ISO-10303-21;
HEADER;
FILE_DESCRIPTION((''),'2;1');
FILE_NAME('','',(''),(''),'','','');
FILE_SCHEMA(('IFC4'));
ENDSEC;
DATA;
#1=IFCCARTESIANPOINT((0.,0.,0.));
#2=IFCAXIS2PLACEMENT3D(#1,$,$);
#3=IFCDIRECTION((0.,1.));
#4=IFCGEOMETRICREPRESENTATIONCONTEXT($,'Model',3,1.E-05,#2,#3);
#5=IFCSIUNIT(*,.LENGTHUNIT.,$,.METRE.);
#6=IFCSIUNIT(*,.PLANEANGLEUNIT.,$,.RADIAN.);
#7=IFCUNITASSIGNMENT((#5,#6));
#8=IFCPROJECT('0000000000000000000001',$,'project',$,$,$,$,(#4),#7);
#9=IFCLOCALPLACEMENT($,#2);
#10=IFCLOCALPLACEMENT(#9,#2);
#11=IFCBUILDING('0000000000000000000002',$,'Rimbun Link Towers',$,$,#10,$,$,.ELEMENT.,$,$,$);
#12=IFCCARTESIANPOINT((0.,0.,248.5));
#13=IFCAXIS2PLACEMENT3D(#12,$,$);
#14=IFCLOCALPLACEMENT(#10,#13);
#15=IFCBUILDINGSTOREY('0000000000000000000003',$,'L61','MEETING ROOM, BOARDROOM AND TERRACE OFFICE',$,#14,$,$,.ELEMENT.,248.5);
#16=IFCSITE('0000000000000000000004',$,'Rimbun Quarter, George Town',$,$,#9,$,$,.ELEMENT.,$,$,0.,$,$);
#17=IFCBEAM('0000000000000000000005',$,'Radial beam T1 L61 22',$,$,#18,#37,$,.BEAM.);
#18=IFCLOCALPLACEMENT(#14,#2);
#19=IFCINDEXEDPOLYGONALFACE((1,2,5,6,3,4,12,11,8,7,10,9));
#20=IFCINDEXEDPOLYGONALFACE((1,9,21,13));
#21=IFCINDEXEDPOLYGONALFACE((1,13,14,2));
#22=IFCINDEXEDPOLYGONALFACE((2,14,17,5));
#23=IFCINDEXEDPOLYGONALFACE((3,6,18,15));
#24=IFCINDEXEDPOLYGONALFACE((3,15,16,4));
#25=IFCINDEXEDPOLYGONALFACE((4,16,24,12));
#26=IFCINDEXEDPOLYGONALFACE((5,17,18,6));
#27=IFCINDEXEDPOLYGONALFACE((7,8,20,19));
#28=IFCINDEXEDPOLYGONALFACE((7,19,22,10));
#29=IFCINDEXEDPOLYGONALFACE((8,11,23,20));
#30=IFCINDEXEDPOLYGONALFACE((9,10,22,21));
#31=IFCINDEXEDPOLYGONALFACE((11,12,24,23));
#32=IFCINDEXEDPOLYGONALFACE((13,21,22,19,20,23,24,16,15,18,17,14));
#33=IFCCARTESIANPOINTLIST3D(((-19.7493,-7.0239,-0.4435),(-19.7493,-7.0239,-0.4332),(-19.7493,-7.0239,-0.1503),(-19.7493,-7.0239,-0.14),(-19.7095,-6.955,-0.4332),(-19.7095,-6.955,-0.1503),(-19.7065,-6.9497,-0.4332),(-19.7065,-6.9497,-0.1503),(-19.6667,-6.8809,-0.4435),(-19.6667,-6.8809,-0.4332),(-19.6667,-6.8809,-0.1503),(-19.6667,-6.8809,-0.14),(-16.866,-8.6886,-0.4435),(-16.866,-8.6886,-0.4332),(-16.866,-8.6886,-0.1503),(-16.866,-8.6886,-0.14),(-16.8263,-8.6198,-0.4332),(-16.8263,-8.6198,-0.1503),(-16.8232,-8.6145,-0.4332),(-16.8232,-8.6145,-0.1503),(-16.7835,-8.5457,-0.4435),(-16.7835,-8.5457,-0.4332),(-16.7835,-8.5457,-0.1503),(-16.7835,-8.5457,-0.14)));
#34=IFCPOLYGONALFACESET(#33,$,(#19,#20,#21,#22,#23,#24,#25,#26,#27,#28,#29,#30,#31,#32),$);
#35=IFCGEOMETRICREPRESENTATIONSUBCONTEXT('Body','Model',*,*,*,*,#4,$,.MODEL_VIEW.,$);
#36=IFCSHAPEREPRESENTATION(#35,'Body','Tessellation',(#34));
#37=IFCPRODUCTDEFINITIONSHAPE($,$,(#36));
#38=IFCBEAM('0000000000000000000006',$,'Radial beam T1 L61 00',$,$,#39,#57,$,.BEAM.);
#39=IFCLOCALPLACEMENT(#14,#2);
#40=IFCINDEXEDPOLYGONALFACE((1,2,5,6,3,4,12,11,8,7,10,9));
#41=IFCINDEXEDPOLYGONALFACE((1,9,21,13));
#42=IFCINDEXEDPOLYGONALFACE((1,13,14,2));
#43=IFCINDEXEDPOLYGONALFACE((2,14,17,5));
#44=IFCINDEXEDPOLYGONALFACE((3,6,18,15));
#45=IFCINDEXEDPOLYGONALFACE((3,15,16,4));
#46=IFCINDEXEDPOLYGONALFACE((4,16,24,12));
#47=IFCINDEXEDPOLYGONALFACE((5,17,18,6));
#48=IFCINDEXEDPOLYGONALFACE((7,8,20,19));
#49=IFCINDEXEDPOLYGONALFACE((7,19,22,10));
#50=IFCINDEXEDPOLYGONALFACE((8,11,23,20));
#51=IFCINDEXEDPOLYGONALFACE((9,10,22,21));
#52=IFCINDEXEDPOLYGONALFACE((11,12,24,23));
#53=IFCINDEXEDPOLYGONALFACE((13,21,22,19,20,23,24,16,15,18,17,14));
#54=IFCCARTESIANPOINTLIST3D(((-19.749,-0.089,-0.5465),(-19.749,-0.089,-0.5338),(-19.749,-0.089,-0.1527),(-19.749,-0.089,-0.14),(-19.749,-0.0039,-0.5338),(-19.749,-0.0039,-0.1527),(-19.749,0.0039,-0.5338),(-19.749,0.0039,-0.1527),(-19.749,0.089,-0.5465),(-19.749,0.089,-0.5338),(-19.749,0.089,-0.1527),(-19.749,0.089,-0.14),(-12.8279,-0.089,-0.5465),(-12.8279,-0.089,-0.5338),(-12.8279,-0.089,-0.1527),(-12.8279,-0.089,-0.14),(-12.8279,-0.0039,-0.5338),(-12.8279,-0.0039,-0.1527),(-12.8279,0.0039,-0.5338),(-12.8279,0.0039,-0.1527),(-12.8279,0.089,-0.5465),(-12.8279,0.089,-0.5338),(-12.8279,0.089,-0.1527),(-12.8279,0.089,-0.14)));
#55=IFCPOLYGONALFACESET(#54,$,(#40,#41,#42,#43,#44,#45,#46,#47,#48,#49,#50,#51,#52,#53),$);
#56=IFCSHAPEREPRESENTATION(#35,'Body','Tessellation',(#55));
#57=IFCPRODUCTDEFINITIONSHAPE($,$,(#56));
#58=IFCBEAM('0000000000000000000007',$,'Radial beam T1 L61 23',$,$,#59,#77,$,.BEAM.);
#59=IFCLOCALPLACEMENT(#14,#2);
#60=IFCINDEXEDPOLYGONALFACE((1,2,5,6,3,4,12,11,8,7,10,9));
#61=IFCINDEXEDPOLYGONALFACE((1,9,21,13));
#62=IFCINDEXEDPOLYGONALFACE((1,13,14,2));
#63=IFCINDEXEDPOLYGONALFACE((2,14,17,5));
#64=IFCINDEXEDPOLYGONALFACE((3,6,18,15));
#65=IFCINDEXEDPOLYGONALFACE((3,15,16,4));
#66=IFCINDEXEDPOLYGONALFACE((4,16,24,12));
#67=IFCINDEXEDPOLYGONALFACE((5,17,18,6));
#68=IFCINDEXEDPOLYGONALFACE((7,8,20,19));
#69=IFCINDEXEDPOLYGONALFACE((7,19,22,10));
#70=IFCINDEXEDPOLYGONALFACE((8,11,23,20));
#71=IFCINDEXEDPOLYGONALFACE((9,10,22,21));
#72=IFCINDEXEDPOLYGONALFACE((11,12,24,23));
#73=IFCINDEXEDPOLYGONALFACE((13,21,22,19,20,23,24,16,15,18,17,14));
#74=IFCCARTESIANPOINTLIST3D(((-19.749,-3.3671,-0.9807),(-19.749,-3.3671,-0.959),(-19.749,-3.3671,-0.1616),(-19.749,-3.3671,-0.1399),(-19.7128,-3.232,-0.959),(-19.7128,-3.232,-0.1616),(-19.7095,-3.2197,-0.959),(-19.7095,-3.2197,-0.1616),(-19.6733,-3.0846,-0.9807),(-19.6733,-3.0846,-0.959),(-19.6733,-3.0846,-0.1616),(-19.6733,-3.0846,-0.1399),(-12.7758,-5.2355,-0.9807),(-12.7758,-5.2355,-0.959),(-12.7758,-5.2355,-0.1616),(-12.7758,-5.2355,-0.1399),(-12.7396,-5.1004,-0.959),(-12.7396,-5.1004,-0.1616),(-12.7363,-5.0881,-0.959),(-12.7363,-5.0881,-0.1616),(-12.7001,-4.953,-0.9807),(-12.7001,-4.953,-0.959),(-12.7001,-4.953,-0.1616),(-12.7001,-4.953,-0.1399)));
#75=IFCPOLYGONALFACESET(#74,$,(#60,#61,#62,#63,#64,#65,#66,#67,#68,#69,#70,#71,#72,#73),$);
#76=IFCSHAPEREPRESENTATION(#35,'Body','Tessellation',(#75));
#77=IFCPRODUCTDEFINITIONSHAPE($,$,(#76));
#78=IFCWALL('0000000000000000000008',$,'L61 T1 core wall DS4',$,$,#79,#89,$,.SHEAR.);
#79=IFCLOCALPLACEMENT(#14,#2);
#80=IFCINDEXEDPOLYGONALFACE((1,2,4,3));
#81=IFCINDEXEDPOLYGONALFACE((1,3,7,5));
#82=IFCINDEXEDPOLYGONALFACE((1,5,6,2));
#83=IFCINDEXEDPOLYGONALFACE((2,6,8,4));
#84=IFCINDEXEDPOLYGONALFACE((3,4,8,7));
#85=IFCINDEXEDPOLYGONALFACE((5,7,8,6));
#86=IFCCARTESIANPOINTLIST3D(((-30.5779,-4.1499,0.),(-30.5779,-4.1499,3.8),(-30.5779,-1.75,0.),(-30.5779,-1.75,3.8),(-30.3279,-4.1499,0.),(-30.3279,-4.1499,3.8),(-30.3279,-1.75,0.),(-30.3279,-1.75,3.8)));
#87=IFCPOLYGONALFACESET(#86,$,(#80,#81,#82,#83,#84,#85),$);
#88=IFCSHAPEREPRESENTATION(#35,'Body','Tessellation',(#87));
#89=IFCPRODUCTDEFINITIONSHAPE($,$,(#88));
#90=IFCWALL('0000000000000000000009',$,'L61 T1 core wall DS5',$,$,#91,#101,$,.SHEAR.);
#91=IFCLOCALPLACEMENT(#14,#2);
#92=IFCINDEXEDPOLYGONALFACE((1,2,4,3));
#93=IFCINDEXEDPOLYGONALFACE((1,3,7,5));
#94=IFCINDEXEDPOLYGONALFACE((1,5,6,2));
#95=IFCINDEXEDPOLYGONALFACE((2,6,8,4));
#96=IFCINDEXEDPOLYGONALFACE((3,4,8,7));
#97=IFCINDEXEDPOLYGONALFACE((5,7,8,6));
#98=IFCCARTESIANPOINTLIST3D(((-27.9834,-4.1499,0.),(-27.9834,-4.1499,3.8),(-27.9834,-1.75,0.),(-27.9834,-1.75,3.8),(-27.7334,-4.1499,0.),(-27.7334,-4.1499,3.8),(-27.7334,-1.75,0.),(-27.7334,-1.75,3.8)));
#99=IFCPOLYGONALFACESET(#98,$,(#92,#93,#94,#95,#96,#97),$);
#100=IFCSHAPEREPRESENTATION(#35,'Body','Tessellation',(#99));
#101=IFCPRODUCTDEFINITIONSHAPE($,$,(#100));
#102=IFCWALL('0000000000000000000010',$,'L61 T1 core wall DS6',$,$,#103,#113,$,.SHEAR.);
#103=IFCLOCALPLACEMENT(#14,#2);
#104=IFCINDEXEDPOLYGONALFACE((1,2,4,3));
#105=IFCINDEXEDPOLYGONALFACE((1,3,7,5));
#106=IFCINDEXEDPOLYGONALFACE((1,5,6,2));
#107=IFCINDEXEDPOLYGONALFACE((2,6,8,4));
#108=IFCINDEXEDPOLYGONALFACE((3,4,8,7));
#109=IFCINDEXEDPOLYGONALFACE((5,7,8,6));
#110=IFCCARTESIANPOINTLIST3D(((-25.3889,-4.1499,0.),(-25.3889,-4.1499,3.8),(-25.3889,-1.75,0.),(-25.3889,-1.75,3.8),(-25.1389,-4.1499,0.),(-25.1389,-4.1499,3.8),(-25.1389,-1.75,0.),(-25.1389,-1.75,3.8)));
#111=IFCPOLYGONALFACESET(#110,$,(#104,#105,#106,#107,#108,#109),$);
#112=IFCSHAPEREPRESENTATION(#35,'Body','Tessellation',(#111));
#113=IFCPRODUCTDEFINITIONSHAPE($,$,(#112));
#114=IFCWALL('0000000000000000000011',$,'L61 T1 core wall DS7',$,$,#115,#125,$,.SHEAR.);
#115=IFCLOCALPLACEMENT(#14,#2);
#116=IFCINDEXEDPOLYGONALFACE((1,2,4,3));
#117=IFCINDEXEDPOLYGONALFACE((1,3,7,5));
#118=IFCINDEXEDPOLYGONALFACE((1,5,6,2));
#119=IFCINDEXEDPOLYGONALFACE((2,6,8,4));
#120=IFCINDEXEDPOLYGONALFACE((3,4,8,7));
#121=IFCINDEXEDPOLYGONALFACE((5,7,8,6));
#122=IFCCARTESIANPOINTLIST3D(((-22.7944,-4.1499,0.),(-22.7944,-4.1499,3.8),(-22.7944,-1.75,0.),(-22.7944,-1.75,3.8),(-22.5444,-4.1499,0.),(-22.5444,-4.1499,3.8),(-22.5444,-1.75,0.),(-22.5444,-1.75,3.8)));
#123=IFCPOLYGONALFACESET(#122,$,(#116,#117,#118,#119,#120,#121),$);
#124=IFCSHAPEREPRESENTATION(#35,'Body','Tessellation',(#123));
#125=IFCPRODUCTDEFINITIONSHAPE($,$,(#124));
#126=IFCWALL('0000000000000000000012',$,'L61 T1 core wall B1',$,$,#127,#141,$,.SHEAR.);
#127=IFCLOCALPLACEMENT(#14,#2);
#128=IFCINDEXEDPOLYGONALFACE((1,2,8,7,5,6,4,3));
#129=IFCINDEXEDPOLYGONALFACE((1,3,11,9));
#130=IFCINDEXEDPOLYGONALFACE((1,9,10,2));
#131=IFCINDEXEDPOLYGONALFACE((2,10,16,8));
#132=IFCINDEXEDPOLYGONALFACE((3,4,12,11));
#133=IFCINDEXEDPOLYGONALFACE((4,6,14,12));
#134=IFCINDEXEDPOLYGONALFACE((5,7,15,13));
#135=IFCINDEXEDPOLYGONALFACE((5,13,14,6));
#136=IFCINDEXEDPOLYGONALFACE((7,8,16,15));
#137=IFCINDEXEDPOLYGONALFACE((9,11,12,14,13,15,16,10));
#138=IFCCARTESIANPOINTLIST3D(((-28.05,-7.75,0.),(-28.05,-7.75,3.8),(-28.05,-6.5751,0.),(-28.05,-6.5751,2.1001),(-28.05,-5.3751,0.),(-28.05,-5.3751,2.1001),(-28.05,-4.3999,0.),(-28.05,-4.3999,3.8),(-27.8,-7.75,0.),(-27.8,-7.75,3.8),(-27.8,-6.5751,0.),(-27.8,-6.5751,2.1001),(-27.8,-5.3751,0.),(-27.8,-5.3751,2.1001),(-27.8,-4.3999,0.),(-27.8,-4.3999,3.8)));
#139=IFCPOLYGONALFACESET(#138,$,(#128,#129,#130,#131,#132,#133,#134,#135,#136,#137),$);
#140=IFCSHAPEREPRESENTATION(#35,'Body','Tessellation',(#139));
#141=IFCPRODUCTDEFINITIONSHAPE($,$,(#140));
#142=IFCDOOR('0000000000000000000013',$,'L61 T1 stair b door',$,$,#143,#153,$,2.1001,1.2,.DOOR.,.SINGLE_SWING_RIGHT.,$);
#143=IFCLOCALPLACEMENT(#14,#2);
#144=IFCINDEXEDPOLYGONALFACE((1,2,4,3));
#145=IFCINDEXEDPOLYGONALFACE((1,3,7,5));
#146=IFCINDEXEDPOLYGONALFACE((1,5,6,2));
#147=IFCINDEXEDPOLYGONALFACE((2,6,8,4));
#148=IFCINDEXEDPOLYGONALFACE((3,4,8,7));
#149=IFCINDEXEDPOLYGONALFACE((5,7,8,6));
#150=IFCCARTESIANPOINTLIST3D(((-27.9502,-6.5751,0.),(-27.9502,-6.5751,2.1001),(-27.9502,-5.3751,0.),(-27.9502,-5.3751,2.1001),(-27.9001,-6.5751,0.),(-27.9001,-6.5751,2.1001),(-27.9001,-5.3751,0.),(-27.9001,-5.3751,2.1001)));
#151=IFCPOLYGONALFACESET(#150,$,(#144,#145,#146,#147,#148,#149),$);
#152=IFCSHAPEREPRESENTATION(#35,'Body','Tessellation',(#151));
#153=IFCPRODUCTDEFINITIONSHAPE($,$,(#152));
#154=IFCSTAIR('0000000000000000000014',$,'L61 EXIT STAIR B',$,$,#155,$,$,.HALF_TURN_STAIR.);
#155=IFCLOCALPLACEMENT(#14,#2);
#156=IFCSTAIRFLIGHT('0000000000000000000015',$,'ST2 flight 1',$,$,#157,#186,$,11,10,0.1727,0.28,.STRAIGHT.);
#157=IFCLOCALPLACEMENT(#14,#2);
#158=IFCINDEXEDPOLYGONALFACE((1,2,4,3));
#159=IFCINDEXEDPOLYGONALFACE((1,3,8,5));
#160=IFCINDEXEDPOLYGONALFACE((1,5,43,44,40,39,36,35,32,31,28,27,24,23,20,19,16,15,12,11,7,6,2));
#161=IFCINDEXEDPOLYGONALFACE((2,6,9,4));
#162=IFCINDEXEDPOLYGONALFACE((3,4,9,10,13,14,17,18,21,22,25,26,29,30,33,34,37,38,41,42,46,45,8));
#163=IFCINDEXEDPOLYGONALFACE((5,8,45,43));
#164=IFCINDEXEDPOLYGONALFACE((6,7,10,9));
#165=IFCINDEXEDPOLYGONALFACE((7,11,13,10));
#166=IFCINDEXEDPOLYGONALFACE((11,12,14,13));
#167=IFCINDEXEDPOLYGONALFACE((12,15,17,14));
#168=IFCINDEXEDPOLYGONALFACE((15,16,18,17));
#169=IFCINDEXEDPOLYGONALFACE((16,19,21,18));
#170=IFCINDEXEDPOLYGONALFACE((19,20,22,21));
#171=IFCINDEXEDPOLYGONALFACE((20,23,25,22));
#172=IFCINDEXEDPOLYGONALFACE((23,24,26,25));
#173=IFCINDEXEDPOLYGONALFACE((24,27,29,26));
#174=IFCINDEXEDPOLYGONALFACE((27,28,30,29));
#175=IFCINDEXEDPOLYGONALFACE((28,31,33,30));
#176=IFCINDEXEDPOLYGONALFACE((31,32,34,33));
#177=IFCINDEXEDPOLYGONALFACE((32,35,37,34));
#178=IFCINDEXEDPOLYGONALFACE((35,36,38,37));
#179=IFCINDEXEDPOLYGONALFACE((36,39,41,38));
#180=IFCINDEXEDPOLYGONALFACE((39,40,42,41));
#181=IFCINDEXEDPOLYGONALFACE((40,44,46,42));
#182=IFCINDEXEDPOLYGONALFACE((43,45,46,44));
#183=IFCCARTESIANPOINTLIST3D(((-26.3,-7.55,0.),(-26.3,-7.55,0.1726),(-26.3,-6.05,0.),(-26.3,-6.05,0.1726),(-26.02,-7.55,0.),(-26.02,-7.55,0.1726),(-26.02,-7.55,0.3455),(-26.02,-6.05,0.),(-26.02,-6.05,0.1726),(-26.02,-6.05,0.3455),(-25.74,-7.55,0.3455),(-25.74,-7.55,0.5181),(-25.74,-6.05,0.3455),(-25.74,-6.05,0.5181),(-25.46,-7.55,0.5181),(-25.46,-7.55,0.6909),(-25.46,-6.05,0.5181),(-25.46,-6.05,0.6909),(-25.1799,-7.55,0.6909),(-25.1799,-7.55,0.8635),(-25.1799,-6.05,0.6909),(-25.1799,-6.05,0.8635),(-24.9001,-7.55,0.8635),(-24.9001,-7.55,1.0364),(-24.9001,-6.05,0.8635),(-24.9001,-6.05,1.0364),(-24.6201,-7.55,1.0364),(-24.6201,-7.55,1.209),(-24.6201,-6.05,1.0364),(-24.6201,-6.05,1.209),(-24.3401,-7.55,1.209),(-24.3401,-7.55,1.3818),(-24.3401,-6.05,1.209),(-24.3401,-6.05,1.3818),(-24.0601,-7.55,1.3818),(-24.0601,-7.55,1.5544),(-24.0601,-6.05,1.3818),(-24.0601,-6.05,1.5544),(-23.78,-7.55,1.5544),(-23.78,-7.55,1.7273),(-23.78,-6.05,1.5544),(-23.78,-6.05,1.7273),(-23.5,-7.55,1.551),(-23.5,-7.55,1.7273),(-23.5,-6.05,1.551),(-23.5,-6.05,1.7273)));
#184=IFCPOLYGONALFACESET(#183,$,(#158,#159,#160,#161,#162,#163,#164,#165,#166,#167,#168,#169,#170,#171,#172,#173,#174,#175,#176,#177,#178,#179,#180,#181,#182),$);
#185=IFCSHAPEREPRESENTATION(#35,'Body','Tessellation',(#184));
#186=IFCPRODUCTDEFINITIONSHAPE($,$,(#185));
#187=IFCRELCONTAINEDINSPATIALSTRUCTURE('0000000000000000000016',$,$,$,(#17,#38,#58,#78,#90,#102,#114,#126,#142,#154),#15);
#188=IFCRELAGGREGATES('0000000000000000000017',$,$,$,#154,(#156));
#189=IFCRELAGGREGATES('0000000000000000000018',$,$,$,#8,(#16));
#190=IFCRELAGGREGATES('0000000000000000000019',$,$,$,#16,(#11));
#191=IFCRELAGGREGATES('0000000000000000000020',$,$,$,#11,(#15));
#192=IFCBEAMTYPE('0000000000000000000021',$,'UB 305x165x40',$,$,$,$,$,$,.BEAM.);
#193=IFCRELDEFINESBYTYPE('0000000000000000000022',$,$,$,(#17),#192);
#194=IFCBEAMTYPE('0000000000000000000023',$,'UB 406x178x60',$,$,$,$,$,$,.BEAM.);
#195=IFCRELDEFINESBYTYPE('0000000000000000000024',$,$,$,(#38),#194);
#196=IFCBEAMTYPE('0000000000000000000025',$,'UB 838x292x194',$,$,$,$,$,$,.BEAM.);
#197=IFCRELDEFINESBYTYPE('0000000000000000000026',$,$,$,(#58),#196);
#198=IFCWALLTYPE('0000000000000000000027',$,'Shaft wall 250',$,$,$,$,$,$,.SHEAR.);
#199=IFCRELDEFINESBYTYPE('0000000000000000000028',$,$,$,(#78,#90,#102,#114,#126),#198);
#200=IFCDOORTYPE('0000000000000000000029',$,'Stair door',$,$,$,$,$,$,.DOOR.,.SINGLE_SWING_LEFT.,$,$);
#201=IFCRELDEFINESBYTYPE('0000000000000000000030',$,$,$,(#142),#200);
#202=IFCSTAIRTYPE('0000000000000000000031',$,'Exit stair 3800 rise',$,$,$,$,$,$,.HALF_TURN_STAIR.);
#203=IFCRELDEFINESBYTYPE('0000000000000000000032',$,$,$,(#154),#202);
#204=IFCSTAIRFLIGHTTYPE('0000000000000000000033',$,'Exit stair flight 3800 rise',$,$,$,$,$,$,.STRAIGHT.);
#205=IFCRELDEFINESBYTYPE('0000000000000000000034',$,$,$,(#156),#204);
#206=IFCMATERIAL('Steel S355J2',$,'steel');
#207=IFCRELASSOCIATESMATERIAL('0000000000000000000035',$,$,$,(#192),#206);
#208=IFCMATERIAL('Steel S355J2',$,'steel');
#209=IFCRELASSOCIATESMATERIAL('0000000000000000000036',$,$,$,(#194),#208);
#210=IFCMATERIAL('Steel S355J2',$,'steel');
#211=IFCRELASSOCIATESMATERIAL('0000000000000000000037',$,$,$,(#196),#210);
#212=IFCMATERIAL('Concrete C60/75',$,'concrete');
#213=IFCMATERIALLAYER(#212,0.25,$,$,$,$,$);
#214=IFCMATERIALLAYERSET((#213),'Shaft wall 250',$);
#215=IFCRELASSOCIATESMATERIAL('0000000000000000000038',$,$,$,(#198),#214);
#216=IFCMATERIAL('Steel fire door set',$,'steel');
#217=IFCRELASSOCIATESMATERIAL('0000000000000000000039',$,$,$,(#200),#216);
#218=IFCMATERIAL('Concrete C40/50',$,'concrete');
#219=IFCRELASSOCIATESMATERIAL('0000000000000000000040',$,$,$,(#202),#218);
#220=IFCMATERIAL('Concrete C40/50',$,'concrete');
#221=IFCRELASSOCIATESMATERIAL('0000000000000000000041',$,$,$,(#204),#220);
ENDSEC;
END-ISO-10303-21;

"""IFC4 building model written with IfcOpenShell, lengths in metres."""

from ifc_helpers import new_model, si_unit, direction, frame, frame_2d, origin, origin_2d, place, context, subcontext, project, spatial, polyline, rectangle, i_section, outline, extrude, material, layer, layer_set, material_profile, profile_set, type_object, element, fill, aggregate, save


model = new_model("IFC4")

# Units and contexts
model_context = context("Model", 3, precision=1e-05, world=origin(), true_north=direction((0.0, 1.0)))
body_context = subcontext(model_context, "Body", "Model", "MODEL_VIEW")
ifc_project = project(units=[si_unit("LENGTHUNIT", "METRE"), si_unit("PLANEANGLEUNIT", "RADIAN")], contexts=[model_context])

# Site, building, storey
site_placement = place(None, origin())
site = spatial("IfcSite", under=ifc_project, at=site_placement, Name="Rimbun Quarter, George Town", CompositionType="ELEMENT", RefElevation=0.0)
building_placement = place(site_placement, origin())
building = spatial("IfcBuilding", under=site, at=building_placement, Name="Rimbun Link Towers", CompositionType="ELEMENT")
storey_placement = place(building_placement, frame((0.0, 0.0, 248.5)))
storey = spatial("IfcBuildingStorey", under=building, at=storey_placement, Name="L61", Description="MEETING ROOM, BOARDROOM AND TERRACE OFFICE", CompositionType="ELEMENT", Elevation=248.5)

# Beams
ifc_material_1 = material(Name="Steel S355J2", Category="steel")
ifc_material_profile_1 = material_profile(ifc_material_1, i_section(OverallWidth=0.165, OverallDepth=0.3035, WebThickness=0.0061, FlangeThickness=0.0103, at=origin_2d()), Name="UB 305x165x40")
ifc_profile_set_1 = profile_set([ifc_material_profile_1], Name="Steel S355J2")
beam_type_1 = type_object("IfcBeamType", Name="UB 305x165x40", PredefinedType="BEAM", material=ifc_profile_set_1)
beam_1_placement = place(storey_placement, frame((-19.708, -6.9524, -0.2917), z_axis=(0.86601, -0.500027, 0.0), x_axis=(0.500027, 0.86601, 0.0)))
element("IfcBeam", 1, at=beam_1_placement, inside=storey, type_object=beam_type_1, Name="Radial beam T1 L61 22", PredefinedType="BEAM", context=body_context, shape_type="SweptSolid", body=[
    extrude(i_section(OverallWidth=0.165, OverallDepth=0.3035, WebThickness=0.0061, FlangeThickness=0.0103, at=origin_2d()), origin(), (0.0, 0.0, 1.0), 3.3293),
])
ifc_material_2 = material(Name="Steel S355J2", Category="steel")
ifc_material_profile_2 = material_profile(ifc_material_2, i_section(OverallWidth=0.178, OverallDepth=0.4065, WebThickness=0.0078, FlangeThickness=0.0127, at=origin_2d()), Name="UB 406x178x60")
ifc_profile_set_2 = profile_set([ifc_material_profile_2], Name="Steel S355J2")
beam_type_2 = type_object("IfcBeamType", Name="UB 406x178x60", PredefinedType="BEAM", material=ifc_profile_set_2)
beam_2_placement = place(storey_placement, frame((-19.749, 0.0, -0.3433), z_axis=(1.0, 0.0, 0.0), x_axis=(0.0, 1.0, 0.0)))
element("IfcBeam", 2, at=beam_2_placement, inside=storey, type_object=beam_type_2, Name="Radial beam T1 L61 00", PredefinedType="BEAM", context=body_context, shape_type="SweptSolid", body=[
    extrude(i_section(OverallWidth=0.178, OverallDepth=0.4065, WebThickness=0.0078, FlangeThickness=0.0127, at=origin_2d()), origin(), (0.0, 0.0, 1.0), 6.9211),
])
ifc_material_3 = material(Name="Steel S355J2", Category="steel")
ifc_material_profile_3 = material_profile(ifc_material_3, i_section(OverallWidth=0.2925, OverallDepth=0.8408, WebThickness=0.0127, FlangeThickness=0.0217, at=origin_2d()), Name="UB 838x292x194")
ifc_profile_set_3 = profile_set([ifc_material_profile_3], Name="Steel S355J2")
beam_type_3 = type_object("IfcBeamType", Name="UB 838x292x194", PredefinedType="BEAM", material=ifc_profile_set_3)
beam_3_placement = place(storey_placement, frame((-19.7112, -3.2258, -0.5603), z_axis=(0.965927, -0.258814, 0.0), x_axis=(0.258814, 0.965927, 0.0)))
element("IfcBeam", 3, at=beam_3_placement, inside=storey, type_object=beam_type_3, Name="Radial beam T1 L61 23", PredefinedType="BEAM", context=body_context, shape_type="SweptSolid", body=[
    extrude(i_section(OverallWidth=0.2925, OverallDepth=0.8408, WebThickness=0.0127, FlangeThickness=0.0217, at=origin_2d()), origin(), (0.0, 0.0, 1.0), 7.2192),
])

# Walls
ifc_material_4 = material(Name="Concrete C60/75", Category="concrete")
ifc_layer = layer(ifc_material_4, 0.25)
ifc_layer_set = layer_set([ifc_layer], Name="Shaft wall 250")
wall_type = type_object("IfcWallType", Name="Shaft wall 250", PredefinedType="SHEAR", material=ifc_layer_set)
for number, where, z_axis, x_axis, name in (
    (4, (-30.4529, -4.1499, 0.0), (0.0, 0.0, 1.0), (0.0, 1.0, 0.0), "L61 T1 core wall DS4"),
    (5, (-27.8584, -4.1499, 0.0), (0.0, 0.0, 1.0), (0.0, 1.0, 0.0), "L61 T1 core wall DS5"),
    (6, (-25.2639, -4.1499, 0.0), (0.0, 0.0, 1.0), (0.0, 1.0, 0.0), "L61 T1 core wall DS6"),
    (7, (-22.6694, -4.1499, 0.0), (0.0, 0.0, 1.0), (0.0, 1.0, 0.0), "L61 T1 core wall DS7"),
):
    element("IfcWall", number, at=place(storey_placement, frame(where, z_axis=z_axis, x_axis=x_axis)), inside=storey, type_object=wall_type, Name=name, PredefinedType="SHEAR", context=body_context, shape_type="SweptSolid", body=[
        extrude(rectangle(XDim=2.3999, YDim=0.25, at=frame_2d((1.2, 0.0))), origin(), (0.0, 0.0, 1.0), 3.8),
    ])

# Wall, opening, door
wall_placement = place(storey_placement, frame((-27.925, -4.3999, 0.0), z_axis=(0.0, 0.0, 1.0), x_axis=(0.0, -1.0, 0.0)))
wall = element("IfcWall", 8, at=wall_placement, inside=storey, type_object=wall_type, Name="L61 T1 core wall B1", PredefinedType="SHEAR", context=body_context, shape_type="SweptSolid", body=[
    extrude(rectangle(XDim=3.3501, YDim=0.25, at=frame_2d((1.675, 0.0))), origin(), (0.0, 0.0, 1.0), 3.8),
])
opening_placement = place(wall_placement, frame((0.9751, 0.0, 0.0)))
opening = element("IfcOpeningElement", 9, at=opening_placement, cuts=wall, PredefinedType="OPENING", context=body_context, shape_type="SweptSolid", body=[
    extrude(rectangle(XDim=1.2, YDim=2.1001, at=frame_2d((0.6001, 1.05))), frame((0.0, 0.135, 0.0), z_axis=(0.0, -1.0, 0.0), x_axis=(1.0, 0.0, 0.0)), (0.0, 0.0, 1.0), 0.27),
])
ifc_material_5 = material(Name="Steel fire door set", Category="steel")
door_type = type_object("IfcDoorType", Name="Stair door", OperationType="SINGLE_SWING_LEFT", PredefinedType="DOOR", material=ifc_material_5)
door_placement = place(opening_placement, origin())
door = element("IfcDoor", 10, at=door_placement, inside=storey, type_object=door_type, Name="L61 T1 stair b door", OperationType="SINGLE_SWING_RIGHT", OverallHeight=2.1001, OverallWidth=1.2, PredefinedType="DOOR", context=body_context, shape_type="SweptSolid", body=[
    extrude(rectangle(XDim=1.2, YDim=2.1001, at=frame_2d((0.6001, 1.05))), frame((0.0, 0.0249, 0.0), z_axis=(0.0, -1.0, 0.0), x_axis=(1.0, 0.0, 0.0)), (0.0, 0.0, 1.0), 0.05),
])
fill(opening, door)

# Stair, stair flight
ifc_material_6 = material(Name="Concrete C40/50", Category="concrete")
stair_type = type_object("IfcStairType", Name="Exit stair 3800 rise", PredefinedType="HALF_TURN_STAIR", material=ifc_material_6)
stair_placement = place(storey_placement, origin())
stair = element("IfcStair", 11, at=stair_placement, inside=storey, type_object=stair_type, Name="L61 EXIT STAIR B", PredefinedType="HALF_TURN_STAIR")
ifc_material_7 = material(Name="Concrete C40/50", Category="concrete")
stair_flight_type = type_object("IfcStairFlightType", Name="Exit stair flight 3800 rise", PredefinedType="STRAIGHT", material=ifc_material_7)
stair_flight_1_placement = place(storey_placement, frame((-26.3, -6.8, 0.0), z_axis=(0.0, 0.0, 1.0), x_axis=(1.0, 0.0, 0.0)))
stair_flight_1 = element("IfcStairFlight", 12, at=stair_flight_1_placement, type_object=stair_flight_type, Name="ST2 flight 1", NumberOfRisers=11, NumberOfTreads=10, PredefinedType="STRAIGHT", RiserHeight=0.1727, TreadLength=0.28, context=body_context, shape_type="SweptSolid", body=[
    extrude(outline(polyline([(0.0, 0.0), (0.0, 0.1726), (0.28, 0.1726), (0.28, 0.3455), (0.5601, 0.3455), (0.5601, 0.5181), (0.8401, 0.5181), (0.8401, 0.6909), (1.1201, 0.6909), (1.1201, 0.8635), (1.3999, 0.8635), (1.3999, 1.0364), (1.6799, 1.0364), (1.6799, 1.209), (1.96, 1.209), (1.96, 1.3818), (2.24, 1.3818), (2.24, 1.5544), (2.52, 1.5544), (2.52, 1.7273), (2.8, 1.7273), (2.8, 1.8999), (2.8, 1.551), (0.28, 0.0), (0.0, 0.0)])), frame((0.0, 0.75, 0.0), z_axis=(0.0, -1.0, 0.0), x_axis=(1.0, 0.0, 0.0)), (0.0, 0.0, 1.0), 1.5),
])
aggregate(stair, [stair_flight_1])

save(model, "model.ifc")
